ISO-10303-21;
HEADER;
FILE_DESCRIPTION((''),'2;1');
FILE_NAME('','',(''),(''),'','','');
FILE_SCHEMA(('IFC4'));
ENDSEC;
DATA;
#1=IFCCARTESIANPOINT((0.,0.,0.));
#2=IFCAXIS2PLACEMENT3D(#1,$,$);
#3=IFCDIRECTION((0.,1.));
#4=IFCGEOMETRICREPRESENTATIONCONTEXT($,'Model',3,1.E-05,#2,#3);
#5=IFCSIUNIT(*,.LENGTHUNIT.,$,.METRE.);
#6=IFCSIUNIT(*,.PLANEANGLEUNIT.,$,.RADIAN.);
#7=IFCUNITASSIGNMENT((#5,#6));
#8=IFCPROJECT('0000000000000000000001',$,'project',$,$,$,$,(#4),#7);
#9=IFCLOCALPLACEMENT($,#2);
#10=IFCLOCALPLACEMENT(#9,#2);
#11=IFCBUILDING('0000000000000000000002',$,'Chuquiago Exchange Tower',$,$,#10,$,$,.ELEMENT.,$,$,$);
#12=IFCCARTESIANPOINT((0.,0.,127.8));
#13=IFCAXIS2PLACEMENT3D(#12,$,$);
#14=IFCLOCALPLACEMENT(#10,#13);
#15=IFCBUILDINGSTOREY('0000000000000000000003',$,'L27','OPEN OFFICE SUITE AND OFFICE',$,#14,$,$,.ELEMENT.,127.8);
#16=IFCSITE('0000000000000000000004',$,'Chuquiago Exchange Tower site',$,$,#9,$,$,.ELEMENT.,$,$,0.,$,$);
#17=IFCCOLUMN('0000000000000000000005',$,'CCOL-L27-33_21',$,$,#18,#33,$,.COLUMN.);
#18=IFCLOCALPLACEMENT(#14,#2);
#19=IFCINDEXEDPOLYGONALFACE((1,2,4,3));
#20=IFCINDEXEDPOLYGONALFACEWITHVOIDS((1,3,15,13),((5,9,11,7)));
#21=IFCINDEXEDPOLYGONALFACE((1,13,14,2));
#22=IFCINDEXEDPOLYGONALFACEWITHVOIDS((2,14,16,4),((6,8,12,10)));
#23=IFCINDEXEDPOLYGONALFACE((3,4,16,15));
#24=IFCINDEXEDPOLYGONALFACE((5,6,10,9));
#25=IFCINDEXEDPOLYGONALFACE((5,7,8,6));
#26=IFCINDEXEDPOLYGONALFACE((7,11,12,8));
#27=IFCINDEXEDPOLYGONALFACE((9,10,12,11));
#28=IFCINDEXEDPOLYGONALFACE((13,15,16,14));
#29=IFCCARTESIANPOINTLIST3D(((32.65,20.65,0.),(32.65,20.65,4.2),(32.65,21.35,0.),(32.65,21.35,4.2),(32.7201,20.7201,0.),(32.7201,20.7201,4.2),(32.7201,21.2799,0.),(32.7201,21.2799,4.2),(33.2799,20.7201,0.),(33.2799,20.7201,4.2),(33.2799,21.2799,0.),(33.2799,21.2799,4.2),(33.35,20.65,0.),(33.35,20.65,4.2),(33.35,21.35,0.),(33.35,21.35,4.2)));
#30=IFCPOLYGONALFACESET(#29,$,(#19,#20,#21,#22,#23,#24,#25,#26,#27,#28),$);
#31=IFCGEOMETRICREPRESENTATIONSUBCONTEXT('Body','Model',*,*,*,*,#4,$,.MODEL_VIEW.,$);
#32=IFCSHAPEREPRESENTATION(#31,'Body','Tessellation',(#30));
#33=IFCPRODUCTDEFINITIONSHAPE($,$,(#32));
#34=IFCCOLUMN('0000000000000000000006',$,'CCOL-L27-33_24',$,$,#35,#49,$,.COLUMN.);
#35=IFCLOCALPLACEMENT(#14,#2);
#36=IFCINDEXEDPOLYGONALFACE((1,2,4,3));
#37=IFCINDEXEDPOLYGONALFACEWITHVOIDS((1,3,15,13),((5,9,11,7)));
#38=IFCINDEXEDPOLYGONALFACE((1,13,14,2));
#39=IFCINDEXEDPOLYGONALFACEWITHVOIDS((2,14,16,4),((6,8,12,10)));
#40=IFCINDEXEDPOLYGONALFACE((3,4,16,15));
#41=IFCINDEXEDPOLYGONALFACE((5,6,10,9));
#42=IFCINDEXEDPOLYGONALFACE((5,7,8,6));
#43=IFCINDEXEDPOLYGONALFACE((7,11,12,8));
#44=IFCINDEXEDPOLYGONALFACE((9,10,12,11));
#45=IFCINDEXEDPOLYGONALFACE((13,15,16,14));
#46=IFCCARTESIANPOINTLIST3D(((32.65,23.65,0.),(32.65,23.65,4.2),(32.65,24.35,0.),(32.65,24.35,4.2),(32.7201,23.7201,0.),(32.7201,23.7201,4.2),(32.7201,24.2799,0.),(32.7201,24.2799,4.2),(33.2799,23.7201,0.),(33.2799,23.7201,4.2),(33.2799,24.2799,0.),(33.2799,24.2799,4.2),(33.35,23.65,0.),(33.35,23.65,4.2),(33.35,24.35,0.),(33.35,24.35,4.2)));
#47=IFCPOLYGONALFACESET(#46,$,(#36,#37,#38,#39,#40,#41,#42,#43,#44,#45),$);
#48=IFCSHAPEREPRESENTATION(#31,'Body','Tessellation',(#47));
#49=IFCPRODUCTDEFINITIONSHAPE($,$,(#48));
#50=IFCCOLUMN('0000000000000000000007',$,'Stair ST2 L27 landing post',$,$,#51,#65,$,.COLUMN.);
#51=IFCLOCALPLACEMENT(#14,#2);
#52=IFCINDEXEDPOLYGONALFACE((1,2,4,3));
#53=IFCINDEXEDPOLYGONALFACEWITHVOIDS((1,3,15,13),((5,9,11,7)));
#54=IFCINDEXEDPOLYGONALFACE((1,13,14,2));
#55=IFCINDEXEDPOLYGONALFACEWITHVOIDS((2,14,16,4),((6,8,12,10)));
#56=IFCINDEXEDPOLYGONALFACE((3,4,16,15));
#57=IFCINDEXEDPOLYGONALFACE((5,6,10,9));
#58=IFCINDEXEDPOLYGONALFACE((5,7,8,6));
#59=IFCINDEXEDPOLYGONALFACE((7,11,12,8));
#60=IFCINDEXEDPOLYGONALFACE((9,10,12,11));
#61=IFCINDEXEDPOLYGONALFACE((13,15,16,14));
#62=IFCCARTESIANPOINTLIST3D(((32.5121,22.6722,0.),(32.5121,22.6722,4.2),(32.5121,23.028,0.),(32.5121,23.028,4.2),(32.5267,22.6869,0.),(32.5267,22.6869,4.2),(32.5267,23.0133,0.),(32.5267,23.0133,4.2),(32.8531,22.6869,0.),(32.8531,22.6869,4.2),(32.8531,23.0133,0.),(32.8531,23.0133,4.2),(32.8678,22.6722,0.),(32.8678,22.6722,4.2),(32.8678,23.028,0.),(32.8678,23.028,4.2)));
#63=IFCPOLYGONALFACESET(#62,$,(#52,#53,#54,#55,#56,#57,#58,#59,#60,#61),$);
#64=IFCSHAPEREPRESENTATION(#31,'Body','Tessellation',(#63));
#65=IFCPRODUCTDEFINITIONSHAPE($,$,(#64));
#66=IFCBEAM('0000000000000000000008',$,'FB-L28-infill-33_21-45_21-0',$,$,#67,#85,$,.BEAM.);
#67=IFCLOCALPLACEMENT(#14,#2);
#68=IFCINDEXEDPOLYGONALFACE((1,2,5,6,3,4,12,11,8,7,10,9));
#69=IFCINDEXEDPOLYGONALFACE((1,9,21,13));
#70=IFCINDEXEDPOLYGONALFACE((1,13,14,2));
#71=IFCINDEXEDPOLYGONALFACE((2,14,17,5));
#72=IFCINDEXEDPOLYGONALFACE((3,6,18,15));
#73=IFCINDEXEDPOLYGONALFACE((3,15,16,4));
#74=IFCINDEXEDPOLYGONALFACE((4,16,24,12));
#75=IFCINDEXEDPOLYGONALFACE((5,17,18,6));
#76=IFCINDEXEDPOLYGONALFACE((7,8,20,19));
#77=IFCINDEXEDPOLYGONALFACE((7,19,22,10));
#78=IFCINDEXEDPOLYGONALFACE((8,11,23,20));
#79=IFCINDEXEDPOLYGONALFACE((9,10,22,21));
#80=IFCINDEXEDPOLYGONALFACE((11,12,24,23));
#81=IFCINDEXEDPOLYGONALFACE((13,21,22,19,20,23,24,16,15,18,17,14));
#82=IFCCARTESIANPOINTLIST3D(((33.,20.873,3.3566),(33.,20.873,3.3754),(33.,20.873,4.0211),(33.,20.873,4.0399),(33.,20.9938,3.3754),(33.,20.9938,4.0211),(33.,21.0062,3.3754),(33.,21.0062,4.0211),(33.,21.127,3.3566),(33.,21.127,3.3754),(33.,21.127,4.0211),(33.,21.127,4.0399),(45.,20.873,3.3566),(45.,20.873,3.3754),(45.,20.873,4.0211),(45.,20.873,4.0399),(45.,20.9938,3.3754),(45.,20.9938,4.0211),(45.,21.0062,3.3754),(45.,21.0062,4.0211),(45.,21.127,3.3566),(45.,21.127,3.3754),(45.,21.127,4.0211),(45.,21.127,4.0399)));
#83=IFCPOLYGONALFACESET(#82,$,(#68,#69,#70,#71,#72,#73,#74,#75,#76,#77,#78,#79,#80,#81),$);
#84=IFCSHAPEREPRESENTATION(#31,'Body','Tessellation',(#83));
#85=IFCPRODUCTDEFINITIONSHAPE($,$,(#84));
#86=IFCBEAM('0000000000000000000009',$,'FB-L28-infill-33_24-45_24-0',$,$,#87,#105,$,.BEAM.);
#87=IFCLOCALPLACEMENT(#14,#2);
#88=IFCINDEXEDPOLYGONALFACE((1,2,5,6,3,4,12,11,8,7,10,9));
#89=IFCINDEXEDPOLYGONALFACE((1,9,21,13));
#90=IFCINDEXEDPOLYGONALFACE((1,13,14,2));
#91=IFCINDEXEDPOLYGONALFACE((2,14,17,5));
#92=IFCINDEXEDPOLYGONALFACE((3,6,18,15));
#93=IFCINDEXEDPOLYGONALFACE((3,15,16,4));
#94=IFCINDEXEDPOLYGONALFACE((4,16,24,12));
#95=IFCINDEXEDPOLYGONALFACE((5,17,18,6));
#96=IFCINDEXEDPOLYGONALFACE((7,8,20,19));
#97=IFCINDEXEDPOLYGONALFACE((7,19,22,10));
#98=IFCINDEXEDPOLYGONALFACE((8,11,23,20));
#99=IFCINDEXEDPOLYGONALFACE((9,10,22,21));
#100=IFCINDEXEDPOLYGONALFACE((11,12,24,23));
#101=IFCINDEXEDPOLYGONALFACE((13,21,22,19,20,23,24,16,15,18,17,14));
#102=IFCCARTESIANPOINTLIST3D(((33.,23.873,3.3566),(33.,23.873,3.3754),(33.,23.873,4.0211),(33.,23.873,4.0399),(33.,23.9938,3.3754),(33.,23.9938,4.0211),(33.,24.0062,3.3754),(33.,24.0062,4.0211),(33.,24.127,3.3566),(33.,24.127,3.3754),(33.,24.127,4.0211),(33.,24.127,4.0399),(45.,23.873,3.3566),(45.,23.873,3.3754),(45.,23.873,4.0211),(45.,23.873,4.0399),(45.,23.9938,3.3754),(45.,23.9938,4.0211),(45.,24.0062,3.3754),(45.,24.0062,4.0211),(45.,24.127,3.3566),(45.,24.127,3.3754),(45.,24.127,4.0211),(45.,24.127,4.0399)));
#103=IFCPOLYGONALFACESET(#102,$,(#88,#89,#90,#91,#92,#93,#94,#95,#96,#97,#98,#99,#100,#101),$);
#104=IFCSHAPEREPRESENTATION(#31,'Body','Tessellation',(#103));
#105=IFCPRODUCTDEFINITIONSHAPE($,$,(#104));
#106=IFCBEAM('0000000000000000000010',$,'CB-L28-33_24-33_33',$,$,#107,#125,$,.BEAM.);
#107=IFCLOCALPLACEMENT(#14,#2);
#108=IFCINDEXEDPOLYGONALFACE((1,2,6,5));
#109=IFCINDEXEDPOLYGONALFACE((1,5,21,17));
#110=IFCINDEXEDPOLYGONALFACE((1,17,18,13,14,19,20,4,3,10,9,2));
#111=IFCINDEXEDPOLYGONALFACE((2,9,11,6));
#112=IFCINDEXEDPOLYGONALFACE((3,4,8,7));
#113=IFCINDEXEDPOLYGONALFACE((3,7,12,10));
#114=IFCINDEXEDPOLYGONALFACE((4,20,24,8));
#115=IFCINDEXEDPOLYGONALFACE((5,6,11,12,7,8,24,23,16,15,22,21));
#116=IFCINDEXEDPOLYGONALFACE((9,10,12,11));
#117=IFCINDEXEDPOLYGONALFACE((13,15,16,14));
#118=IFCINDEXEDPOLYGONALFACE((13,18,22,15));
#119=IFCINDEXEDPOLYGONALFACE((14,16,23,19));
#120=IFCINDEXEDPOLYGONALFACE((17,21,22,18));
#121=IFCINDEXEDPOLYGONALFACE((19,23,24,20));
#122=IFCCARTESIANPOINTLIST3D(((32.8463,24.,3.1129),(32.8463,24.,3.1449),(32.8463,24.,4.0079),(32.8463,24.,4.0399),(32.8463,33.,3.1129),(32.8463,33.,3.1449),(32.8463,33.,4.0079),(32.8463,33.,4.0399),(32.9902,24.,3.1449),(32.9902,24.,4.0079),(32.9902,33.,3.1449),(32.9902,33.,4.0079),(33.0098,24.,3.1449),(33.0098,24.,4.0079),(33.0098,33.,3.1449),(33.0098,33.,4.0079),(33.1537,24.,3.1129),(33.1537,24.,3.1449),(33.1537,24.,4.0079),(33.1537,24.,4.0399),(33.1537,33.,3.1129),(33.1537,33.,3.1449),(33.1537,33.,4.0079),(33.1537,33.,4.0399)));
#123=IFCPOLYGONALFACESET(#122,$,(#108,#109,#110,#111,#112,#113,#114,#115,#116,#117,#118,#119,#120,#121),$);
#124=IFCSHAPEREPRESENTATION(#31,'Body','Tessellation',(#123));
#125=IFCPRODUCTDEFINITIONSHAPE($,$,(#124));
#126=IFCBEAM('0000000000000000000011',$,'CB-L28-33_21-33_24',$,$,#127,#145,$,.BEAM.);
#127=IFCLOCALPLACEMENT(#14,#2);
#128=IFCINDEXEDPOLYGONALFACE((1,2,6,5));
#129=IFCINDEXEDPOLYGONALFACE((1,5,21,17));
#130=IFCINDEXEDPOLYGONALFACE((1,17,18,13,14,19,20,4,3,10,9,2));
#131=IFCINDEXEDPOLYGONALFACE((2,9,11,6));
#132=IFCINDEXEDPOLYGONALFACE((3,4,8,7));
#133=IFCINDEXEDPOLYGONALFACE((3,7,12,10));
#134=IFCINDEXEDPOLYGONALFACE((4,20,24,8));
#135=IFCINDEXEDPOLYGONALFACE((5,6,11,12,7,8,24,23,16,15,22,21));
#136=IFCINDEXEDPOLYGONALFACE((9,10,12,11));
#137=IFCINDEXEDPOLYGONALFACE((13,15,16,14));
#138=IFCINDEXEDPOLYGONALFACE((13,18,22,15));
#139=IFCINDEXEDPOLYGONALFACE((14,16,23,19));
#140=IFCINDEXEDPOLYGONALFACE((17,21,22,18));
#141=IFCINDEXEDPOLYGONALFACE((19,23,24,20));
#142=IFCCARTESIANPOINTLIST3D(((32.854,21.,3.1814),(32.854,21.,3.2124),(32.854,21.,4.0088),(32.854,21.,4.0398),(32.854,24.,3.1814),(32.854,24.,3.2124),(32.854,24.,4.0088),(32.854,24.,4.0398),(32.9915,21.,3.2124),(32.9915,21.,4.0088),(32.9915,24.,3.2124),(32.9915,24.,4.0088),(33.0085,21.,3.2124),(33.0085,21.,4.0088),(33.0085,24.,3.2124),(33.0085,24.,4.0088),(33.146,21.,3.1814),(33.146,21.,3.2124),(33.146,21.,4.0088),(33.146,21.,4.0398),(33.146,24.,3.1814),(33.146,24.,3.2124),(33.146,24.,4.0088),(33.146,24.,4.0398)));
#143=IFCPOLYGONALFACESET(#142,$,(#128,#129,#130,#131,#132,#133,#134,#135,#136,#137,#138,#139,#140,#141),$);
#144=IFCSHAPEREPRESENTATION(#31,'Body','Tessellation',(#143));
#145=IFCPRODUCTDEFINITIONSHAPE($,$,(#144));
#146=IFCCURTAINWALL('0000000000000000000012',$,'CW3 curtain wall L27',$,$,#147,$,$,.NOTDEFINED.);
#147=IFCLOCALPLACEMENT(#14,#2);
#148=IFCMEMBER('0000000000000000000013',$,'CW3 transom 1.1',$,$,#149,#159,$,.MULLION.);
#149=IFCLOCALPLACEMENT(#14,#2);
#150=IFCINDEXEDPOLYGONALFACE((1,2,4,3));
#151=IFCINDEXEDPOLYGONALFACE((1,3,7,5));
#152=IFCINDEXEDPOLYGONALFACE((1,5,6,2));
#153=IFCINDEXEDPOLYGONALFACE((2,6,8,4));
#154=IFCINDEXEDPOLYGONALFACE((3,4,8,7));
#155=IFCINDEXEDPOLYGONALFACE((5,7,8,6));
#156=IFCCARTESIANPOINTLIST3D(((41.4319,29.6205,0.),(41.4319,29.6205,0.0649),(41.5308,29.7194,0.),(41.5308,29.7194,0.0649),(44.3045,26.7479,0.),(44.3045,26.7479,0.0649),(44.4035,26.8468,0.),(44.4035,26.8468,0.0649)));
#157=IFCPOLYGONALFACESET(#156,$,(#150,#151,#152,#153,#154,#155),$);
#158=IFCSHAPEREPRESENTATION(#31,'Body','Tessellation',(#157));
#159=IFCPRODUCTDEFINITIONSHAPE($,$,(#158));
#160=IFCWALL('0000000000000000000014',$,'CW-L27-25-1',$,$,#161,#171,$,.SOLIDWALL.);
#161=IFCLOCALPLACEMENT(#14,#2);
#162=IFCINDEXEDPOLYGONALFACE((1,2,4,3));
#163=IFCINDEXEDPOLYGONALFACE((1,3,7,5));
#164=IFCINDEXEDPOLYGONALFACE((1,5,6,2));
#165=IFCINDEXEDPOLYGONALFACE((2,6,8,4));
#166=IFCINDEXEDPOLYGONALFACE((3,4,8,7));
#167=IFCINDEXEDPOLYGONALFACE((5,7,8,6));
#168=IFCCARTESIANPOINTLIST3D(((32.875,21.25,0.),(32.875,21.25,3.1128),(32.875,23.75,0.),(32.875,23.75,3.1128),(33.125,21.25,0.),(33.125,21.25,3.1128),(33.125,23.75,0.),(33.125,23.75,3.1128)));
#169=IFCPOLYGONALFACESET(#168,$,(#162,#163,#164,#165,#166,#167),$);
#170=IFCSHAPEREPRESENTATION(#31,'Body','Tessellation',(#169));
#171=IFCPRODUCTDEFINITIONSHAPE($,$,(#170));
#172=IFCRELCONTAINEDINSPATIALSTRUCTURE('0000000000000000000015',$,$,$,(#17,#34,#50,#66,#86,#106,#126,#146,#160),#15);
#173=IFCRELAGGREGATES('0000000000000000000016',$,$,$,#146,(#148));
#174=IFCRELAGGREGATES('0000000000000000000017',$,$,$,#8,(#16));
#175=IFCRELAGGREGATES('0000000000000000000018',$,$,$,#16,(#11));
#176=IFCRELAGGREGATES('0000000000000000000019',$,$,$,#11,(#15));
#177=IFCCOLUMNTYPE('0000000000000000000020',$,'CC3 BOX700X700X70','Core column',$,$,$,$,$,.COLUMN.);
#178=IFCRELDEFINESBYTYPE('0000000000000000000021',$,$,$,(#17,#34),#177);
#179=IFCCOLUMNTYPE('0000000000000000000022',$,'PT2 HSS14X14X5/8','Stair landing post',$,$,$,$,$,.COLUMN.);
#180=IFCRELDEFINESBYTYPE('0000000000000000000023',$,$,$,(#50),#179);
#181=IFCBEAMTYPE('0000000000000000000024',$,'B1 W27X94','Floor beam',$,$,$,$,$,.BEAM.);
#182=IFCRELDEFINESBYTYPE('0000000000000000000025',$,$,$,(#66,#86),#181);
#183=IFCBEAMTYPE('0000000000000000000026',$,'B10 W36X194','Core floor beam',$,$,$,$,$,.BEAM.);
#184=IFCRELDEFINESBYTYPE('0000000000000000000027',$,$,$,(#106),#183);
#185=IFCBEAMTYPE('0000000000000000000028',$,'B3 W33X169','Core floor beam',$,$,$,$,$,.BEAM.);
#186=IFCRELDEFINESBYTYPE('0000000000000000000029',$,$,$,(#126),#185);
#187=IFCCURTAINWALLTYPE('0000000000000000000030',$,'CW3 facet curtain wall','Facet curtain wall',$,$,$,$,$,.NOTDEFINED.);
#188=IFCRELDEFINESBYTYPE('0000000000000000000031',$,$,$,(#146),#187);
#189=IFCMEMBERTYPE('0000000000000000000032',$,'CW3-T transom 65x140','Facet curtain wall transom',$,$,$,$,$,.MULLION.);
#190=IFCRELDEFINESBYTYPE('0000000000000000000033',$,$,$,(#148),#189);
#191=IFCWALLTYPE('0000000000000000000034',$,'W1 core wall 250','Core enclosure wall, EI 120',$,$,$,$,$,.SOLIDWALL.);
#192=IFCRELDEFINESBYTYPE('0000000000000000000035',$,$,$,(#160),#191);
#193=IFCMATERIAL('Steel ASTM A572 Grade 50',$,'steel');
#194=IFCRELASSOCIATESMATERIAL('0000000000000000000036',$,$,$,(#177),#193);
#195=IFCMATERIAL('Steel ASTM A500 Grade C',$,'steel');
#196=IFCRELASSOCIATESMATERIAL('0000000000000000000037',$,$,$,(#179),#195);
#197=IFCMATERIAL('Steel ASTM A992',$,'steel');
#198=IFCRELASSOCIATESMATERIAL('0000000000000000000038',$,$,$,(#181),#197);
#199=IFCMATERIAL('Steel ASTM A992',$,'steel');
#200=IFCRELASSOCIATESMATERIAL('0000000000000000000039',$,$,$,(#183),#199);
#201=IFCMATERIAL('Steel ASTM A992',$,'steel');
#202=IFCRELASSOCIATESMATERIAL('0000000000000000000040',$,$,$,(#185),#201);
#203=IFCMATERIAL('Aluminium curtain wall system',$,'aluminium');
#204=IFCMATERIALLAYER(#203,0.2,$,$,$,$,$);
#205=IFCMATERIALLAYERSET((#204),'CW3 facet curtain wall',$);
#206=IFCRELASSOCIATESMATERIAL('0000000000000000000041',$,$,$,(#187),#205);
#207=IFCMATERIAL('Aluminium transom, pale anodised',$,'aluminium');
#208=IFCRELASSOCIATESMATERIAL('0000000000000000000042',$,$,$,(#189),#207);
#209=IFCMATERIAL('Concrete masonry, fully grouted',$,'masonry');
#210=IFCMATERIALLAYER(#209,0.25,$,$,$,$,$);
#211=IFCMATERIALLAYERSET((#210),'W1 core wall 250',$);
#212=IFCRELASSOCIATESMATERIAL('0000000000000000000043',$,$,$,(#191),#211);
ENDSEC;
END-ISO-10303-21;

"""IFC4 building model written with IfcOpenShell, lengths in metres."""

from ifc_helpers import new_model, si_unit, direction, frame, frame_2d, origin, origin_2d, place, context, subcontext, project, spatial, rectangle, hollow_rectangle, i_section, extrude, material, layer, layer_set, material_profile, profile_set, type_object, element, aggregate, save


model = new_model("IFC4")

# Units and contexts
model_context = context("Model", 3, precision=1e-05, world=origin(), true_north=direction((0.0, 1.0)))
body_context = subcontext(model_context, "Body", "Model", "MODEL_VIEW")
ifc_project = project(units=[si_unit("LENGTHUNIT", "METRE"), si_unit("PLANEANGLEUNIT", "RADIAN")], contexts=[model_context])

# Site, building, storey
site_placement = place(None, origin())
site = spatial("IfcSite", under=ifc_project, at=site_placement, Name="Chuquiago Exchange Tower site", CompositionType="ELEMENT", RefElevation=0.0)
building_placement = place(site_placement, origin())
building = spatial("IfcBuilding", under=site, at=building_placement, Name="Chuquiago Exchange Tower", CompositionType="ELEMENT")
storey_placement = place(building_placement, frame((0.0, 0.0, 127.8)))
storey = spatial("IfcBuildingStorey", under=building, at=storey_placement, Name="L27", Description="OPEN OFFICE SUITE AND OFFICE", CompositionType="ELEMENT", Elevation=127.8)

# Columns
ifc_material_1 = material(Name="Steel ASTM A572 Grade 50", Category="steel")
ifc_material_profile_1 = material_profile(ifc_material_1, hollow_rectangle(XDim=0.7, YDim=0.7, WallThickness=0.0701, at=origin_2d()), Name="BOX700X700X70")
ifc_profile_set_1 = profile_set([ifc_material_profile_1], Name="Steel ASTM A572 Grade 50")
column_type_1 = type_object("IfcColumnType", Name="CC3 BOX700X700X70", Description="Core column", PredefinedType="COLUMN", material=ifc_profile_set_1)
for number, where, z_axis, x_axis, name in (
    (1, (33.0, 21.0, 0.0), (0.0, 0.0, 1.0), (1.0, 0.0, 0.0), "CCOL-L27-33_21"),
    (2, (33.0, 24.0, 0.0), (0.0, 0.0, 1.0), (1.0, 0.0, 0.0), "CCOL-L27-33_24"),
):
    element("IfcColumn", number, at=place(storey_placement, frame(where, z_axis=z_axis, x_axis=x_axis)), inside=storey, type_object=column_type_1, Name=name, PredefinedType="COLUMN", context=body_context, shape_type="SweptSolid", body=[
        extrude(hollow_rectangle(XDim=0.7, YDim=0.7, WallThickness=0.0701, at=origin_2d()), origin(), (0.0, 0.0, 1.0), 4.2),
    ])
ifc_material_2 = material(Name="Steel ASTM A500 Grade C", Category="steel")
ifc_material_profile_2 = material_profile(ifc_material_2, hollow_rectangle(XDim=0.3557, YDim=0.3557, WallThickness=0.0146, at=origin_2d()), Name="HSS14X14X5/8")
ifc_profile_set_2 = profile_set([ifc_material_profile_2], Name="Steel ASTM A500 Grade C")
column_type_2 = type_object("IfcColumnType", Name="PT2 HSS14X14X5/8", Description="Stair landing post", PredefinedType="COLUMN", material=ifc_profile_set_2)
column_placement = place(storey_placement, frame((32.6899, 22.8501, 0.0), z_axis=(0.0, 0.0, 1.0), x_axis=(1.0, 0.0, 0.0)))
element("IfcColumn", 3, at=column_placement, inside=storey, type_object=column_type_2, Name="Stair ST2 L27 landing post", PredefinedType="COLUMN", context=body_context, shape_type="SweptSolid", body=[
    extrude(hollow_rectangle(XDim=0.3557, YDim=0.3557, WallThickness=0.0146, at=origin_2d()), origin(), (0.0, 0.0, 1.0), 4.2),
])

# Beams
ifc_material_3 = material(Name="Steel ASTM A992", Category="steel")
ifc_material_profile_3 = material_profile(ifc_material_3, i_section(OverallWidth=0.2539, OverallDepth=0.6833, WebThickness=0.0125, FlangeThickness=0.0188, at=origin_2d()), Name="W27X94")
ifc_profile_set_3 = profile_set([ifc_material_profile_3], Name="Steel ASTM A992")
beam_type_1 = type_object("IfcBeamType", Name="B1 W27X94", Description="Floor beam", PredefinedType="BEAM", material=ifc_profile_set_3)
for number, where, z_axis, x_axis, name in (
    (4, (33.0, 21.0, 3.6982), (1.0, 0.0, 0.0), (0.0, 1.0, 0.0), "FB-L28-infill-33_21-45_21-0"),
    (5, (33.0, 24.0, 3.6982), (1.0, 0.0, 0.0), (0.0, 1.0, 0.0), "FB-L28-infill-33_24-45_24-0"),
):
    element("IfcBeam", number, at=place(storey_placement, frame(where, z_axis=z_axis, x_axis=x_axis)), inside=storey, type_object=beam_type_1, Name=name, PredefinedType="BEAM", context=body_context, shape_type="SweptSolid", body=[
        extrude(i_section(OverallWidth=0.2539, OverallDepth=0.6833, WebThickness=0.0125, FlangeThickness=0.0188, at=origin_2d()), origin(), (0.0, 0.0, 1.0), 12.0),
    ])
ifc_material_4 = material(Name="Steel ASTM A992", Category="steel")
ifc_material_profile_4 = material_profile(ifc_material_4, i_section(OverallWidth=0.3074, OverallDepth=0.927, WebThickness=0.0195, FlangeThickness=0.032, at=origin_2d()), Name="W36X194")
ifc_profile_set_4 = profile_set([ifc_material_profile_4], Name="Steel ASTM A992")
beam_type_2 = type_object("IfcBeamType", Name="B10 W36X194", Description="Core floor beam", PredefinedType="BEAM", material=ifc_profile_set_4)
beam_1_placement = place(storey_placement, frame((33.0, 24.0, 3.5764), z_axis=(0.0, 1.0, 0.0), x_axis=(-1.0, 0.0, 0.0)))
element("IfcBeam", 6, at=beam_1_placement, inside=storey, type_object=beam_type_2, Name="CB-L28-33_24-33_33", PredefinedType="BEAM", context=body_context, shape_type="SweptSolid", body=[
    extrude(i_section(OverallWidth=0.3074, OverallDepth=0.927, WebThickness=0.0195, FlangeThickness=0.032, at=origin_2d()), origin(), (0.0, 0.0, 1.0), 9.0),
])
ifc_material_5 = material(Name="Steel ASTM A992", Category="steel")
ifc_material_profile_5 = material_profile(ifc_material_5, i_section(OverallWidth=0.292, OverallDepth=0.8584, WebThickness=0.0171, FlangeThickness=0.031, at=origin_2d()), Name="W33X169")
ifc_profile_set_5 = profile_set([ifc_material_profile_5], Name="Steel ASTM A992")
beam_type_3 = type_object("IfcBeamType", Name="B3 W33X169", Description="Core floor beam", PredefinedType="BEAM", material=ifc_profile_set_5)
beam_2_placement = place(storey_placement, frame((33.0, 21.0, 3.6106), z_axis=(0.0, 1.0, 0.0), x_axis=(-1.0, 0.0, 0.0)))
element("IfcBeam", 7, at=beam_2_placement, inside=storey, type_object=beam_type_3, Name="CB-L28-33_21-33_24", PredefinedType="BEAM", context=body_context, shape_type="SweptSolid", body=[
    extrude(i_section(OverallWidth=0.292, OverallDepth=0.8584, WebThickness=0.0171, FlangeThickness=0.031, at=origin_2d()), origin(), (0.0, 0.0, 1.0), 3.0),
])

# Curtain wall, member
ifc_material_6 = material(Name="Aluminium curtain wall system", Category="aluminium")
ifc_layer_1 = layer(ifc_material_6, 0.2)
ifc_layer_set_1 = layer_set([ifc_layer_1], Name="CW3 facet curtain wall")
curtain_wall_type = type_object("IfcCurtainWallType", Name="CW3 facet curtain wall", Description="Facet curtain wall", PredefinedType="NOTDEFINED", material=ifc_layer_set_1)
curtain_wall_placement = place(storey_placement, origin())
curtain_wall = element("IfcCurtainWall", 8, at=curtain_wall_placement, inside=storey, type_object=curtain_wall_type, Name="CW3 curtain wall L27", PredefinedType="NOTDEFINED")
ifc_material_7 = material(Name="Aluminium transom, pale anodised", Category="aluminium")
ifc_material_profile_6 = material_profile(ifc_material_7, rectangle(XDim=0.1399, YDim=0.0649, at=origin_2d()), Name="AL 140x65")
ifc_profile_set_6 = profile_set([ifc_material_profile_6], Name="Aluminium transom, pale anodised")
member_type = type_object("IfcMemberType", Name="CW3-T transom 65x140", Description="Facet curtain wall transom", PredefinedType="MULLION", material=ifc_profile_set_6)
member_placement = place(storey_placement, frame((44.354, 26.7974, 0.0325), z_axis=(-0.707107, 0.707107, 0.0), x_axis=(-0.707107, -0.707107, 0.0)))
member = element("IfcMember", 9, at=member_placement, type_object=member_type, Name="CW3 transom 1.1", PredefinedType="MULLION", context=body_context, shape_type="SweptSolid", body=[
    extrude(rectangle(XDim=0.1399, YDim=0.0649, at=origin_2d()), origin(), (0.0, 0.0, 1.0), 4.0625),
])
aggregate(curtain_wall, [member])

# Wall
ifc_material_8 = material(Name="Concrete masonry, fully grouted", Category="masonry")
ifc_layer_2 = layer(ifc_material_8, 0.25)
ifc_layer_set_2 = layer_set([ifc_layer_2], Name="W1 core wall 250")
wall_type_1 = type_object("IfcWallType", Name="W1 core wall 250", Description="Core enclosure wall, EI 120", PredefinedType="SOLIDWALL", material=ifc_layer_set_2)
wall_1_placement = place(storey_placement, frame((33.0, 21.25, 0.0), z_axis=(0.0, 0.0, 1.0), x_axis=(0.0, 1.0, 0.0)))
element("IfcWall", 10, at=wall_1_placement, inside=storey, type_object=wall_type_1, Name="CW-L27-25-1", PredefinedType="SOLIDWALL", context=body_context, shape_type="SweptSolid", body=[
    extrude(rectangle(XDim=2.5, YDim=0.25, at=frame_2d((1.25, 0.0))), origin(), (0.0, 0.0, 1.0), 3.1128),
])

save(model, "model.ifc")
